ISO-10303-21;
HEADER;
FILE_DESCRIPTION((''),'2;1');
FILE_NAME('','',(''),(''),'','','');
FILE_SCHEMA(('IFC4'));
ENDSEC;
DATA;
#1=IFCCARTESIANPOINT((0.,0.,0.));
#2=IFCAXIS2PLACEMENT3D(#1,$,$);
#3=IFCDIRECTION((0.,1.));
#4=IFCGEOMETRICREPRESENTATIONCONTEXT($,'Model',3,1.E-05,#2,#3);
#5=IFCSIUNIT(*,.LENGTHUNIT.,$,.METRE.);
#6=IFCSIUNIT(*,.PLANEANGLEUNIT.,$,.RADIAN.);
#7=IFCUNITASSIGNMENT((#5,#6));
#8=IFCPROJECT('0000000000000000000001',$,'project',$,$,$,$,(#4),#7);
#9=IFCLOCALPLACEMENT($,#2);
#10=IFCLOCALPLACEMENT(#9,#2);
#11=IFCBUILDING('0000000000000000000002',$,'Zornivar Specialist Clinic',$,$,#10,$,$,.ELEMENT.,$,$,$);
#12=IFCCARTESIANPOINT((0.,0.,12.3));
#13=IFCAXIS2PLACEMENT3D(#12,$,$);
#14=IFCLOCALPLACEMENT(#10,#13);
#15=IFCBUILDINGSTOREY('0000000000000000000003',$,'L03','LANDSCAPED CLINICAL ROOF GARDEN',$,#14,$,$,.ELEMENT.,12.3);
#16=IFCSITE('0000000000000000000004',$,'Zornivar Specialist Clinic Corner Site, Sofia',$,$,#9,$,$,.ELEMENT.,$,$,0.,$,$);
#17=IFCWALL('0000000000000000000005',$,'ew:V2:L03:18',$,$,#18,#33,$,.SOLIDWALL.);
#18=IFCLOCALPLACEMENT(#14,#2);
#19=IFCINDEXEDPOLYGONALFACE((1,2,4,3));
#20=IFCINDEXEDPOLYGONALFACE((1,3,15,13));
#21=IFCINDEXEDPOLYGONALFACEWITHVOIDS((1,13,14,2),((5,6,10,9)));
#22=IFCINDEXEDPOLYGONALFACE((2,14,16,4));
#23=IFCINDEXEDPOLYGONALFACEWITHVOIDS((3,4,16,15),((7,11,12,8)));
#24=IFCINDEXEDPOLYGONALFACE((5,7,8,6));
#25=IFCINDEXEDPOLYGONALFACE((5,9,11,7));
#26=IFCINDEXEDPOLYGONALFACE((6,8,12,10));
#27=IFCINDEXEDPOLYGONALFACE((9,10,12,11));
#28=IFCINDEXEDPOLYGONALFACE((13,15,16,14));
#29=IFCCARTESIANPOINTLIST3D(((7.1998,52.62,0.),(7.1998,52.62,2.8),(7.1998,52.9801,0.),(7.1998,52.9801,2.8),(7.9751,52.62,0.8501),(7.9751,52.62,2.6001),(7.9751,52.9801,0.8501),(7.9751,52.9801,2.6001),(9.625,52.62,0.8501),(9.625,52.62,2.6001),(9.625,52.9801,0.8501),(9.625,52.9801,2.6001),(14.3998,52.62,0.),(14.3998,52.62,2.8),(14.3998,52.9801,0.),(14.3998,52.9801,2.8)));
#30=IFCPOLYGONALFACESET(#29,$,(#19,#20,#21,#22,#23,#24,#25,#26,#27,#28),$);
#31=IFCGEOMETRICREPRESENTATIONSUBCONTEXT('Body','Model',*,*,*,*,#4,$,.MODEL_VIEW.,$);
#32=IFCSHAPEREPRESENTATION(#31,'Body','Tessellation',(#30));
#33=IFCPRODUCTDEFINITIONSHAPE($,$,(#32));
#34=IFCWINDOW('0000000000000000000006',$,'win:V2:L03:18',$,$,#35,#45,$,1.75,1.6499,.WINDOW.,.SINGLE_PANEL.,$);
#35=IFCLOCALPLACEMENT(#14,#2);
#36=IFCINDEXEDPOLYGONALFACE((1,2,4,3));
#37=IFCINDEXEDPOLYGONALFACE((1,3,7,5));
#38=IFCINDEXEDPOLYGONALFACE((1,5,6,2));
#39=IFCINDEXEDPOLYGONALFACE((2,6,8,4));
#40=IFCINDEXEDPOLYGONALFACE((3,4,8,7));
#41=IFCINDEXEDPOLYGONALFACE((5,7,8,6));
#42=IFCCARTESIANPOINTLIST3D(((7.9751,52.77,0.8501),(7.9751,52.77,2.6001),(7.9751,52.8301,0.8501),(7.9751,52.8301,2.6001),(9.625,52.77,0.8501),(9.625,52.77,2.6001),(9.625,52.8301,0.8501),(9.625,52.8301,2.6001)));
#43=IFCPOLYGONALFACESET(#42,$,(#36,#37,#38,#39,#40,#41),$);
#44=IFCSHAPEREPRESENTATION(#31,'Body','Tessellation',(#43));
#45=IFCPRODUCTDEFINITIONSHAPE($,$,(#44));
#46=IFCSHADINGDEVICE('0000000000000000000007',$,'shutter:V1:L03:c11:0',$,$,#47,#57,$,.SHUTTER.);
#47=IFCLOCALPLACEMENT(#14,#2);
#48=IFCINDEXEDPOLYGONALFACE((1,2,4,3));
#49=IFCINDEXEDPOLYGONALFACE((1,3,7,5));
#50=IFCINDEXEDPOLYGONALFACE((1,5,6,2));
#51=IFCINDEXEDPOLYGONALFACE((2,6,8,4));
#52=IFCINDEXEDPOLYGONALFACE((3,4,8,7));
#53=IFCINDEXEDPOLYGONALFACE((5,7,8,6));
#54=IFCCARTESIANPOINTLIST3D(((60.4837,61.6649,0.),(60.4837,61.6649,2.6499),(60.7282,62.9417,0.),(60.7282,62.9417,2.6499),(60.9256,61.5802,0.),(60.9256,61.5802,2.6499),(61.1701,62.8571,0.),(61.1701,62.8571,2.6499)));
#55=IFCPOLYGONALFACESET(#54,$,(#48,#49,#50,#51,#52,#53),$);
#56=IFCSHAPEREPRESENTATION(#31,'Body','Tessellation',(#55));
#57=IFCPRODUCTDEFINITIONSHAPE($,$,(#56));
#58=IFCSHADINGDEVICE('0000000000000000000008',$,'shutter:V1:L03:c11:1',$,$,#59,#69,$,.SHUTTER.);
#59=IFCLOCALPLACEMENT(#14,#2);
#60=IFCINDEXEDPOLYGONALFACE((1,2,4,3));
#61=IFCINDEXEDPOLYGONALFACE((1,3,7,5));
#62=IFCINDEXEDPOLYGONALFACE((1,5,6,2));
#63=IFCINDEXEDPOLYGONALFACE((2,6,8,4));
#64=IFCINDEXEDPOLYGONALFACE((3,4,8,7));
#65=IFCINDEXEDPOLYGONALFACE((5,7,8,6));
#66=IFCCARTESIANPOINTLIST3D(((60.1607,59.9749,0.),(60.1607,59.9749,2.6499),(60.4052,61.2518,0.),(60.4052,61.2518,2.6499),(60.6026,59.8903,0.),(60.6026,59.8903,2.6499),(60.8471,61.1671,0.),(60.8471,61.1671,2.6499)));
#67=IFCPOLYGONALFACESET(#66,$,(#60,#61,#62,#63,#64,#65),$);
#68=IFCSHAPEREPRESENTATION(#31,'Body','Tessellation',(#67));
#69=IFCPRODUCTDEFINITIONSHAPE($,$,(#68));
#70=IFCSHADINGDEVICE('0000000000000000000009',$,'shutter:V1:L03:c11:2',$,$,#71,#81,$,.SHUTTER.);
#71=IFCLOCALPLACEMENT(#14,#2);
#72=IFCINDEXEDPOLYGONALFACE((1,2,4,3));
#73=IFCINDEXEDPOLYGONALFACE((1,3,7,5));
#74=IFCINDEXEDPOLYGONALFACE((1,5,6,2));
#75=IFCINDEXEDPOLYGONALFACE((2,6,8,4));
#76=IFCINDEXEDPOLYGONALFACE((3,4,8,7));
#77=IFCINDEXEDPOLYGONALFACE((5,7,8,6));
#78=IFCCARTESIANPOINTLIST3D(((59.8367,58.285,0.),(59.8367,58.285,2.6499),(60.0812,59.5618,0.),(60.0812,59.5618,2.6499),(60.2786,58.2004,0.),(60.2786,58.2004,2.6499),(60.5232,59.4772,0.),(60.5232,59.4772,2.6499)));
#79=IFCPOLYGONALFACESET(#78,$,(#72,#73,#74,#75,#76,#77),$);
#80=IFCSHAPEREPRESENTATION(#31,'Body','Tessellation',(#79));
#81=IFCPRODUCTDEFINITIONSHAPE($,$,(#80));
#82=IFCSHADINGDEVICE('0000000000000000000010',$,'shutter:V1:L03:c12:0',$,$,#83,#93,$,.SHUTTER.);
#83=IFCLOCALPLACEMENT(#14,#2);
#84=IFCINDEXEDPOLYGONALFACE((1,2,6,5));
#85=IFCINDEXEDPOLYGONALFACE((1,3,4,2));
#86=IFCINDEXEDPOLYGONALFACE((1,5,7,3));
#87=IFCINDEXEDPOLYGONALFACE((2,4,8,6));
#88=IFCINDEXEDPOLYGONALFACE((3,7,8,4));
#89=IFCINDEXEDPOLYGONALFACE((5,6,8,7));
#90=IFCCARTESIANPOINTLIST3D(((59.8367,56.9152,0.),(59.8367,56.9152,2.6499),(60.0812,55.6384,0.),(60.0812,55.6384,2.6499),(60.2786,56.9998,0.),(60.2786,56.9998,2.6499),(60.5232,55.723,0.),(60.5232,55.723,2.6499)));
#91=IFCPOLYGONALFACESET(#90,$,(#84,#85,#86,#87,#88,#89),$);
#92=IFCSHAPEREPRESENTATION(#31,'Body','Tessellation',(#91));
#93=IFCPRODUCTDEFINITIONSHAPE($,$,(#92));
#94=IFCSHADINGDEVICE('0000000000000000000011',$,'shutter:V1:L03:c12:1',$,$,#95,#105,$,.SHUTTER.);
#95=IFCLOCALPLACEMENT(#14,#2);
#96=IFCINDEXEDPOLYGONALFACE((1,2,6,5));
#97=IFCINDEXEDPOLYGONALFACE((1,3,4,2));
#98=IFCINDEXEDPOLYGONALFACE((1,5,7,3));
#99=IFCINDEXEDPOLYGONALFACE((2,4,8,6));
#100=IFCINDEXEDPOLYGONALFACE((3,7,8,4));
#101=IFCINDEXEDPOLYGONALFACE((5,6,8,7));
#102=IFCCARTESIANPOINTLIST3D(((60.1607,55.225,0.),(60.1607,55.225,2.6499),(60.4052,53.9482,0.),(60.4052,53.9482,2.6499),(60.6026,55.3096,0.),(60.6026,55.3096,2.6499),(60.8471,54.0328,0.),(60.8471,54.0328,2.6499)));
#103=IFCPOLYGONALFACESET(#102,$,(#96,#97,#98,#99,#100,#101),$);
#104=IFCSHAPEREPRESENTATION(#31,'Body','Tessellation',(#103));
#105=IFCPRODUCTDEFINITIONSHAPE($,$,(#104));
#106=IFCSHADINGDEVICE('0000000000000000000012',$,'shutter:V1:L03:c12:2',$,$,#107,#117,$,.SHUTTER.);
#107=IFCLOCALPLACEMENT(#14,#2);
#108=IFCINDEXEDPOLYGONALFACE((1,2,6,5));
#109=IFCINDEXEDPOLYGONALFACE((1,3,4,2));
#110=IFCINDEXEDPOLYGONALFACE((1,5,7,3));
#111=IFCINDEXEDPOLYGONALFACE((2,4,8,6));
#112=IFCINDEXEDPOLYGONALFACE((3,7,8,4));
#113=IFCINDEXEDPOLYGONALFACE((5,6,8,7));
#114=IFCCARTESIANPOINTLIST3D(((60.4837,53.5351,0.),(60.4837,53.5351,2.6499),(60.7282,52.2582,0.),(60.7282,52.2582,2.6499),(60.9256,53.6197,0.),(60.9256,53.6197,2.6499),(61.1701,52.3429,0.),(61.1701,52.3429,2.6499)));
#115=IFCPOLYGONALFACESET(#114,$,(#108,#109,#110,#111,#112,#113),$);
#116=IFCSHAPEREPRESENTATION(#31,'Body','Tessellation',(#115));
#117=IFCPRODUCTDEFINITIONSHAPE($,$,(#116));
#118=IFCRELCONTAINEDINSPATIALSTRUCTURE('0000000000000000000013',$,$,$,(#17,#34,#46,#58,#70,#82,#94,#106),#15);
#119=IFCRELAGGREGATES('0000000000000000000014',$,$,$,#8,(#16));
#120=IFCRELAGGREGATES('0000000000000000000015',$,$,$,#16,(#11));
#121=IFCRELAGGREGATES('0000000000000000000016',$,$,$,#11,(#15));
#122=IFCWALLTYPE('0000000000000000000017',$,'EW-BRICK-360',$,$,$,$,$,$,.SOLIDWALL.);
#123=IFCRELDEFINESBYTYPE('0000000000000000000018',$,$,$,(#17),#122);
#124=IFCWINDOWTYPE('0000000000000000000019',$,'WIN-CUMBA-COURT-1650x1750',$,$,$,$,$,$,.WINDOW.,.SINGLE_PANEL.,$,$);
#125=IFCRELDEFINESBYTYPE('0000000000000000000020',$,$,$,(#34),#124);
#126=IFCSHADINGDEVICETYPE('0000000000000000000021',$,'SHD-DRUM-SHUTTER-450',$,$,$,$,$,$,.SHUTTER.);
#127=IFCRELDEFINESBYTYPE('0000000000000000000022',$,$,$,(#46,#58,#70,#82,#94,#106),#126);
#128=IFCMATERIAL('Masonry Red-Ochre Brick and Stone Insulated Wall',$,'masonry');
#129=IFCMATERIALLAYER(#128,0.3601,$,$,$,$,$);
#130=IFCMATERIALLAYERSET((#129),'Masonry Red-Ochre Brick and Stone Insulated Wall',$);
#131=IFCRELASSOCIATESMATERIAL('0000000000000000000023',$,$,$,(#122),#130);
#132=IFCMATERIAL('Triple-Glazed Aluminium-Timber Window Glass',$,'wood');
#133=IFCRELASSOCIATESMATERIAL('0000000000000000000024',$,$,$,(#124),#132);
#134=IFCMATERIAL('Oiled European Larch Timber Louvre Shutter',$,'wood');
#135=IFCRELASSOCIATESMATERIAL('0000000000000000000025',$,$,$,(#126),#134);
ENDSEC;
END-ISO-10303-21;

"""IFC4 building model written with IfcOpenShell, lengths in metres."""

from ifc_helpers import new_model, si_unit, direction, frame, frame_2d, origin, origin_2d, place, context, subcontext, project, spatial, rectangle, extrude, material, layer, layer_set, type_object, element, fill, save


model = new_model("IFC4")

# Units and contexts
model_context = context("Model", 3, precision=1e-05, world=origin(), true_north=direction((0.0, 1.0)))
body_context = subcontext(model_context, "Body", "Model", "MODEL_VIEW")
ifc_project = project(units=[si_unit("LENGTHUNIT", "METRE"), si_unit("PLANEANGLEUNIT", "RADIAN")], contexts=[model_context])

# Site, building, storey
site_placement = place(None, origin())
site = spatial("IfcSite", under=ifc_project, at=site_placement, Name="Zornivar Specialist Clinic Corner Site, Sofia", CompositionType="ELEMENT", RefElevation=0.0)
building_placement = place(site_placement, origin())
building = spatial("IfcBuilding", under=site, at=building_placement, Name="Zornivar Specialist Clinic", CompositionType="ELEMENT")
storey_placement = place(building_placement, frame((0.0, 0.0, 12.3)))
storey = spatial("IfcBuildingStorey", under=building, at=storey_placement, Name="L03", Description="LANDSCAPED CLINICAL ROOF GARDEN", CompositionType="ELEMENT", Elevation=12.3)

# Wall, opening, window
ifc_material_1 = material(Name="Masonry Red-Ochre Brick and Stone Insulated Wall", Category="masonry")
ifc_layer_1 = layer(ifc_material_1, 0.3601)
ifc_layer_set_1 = layer_set([ifc_layer_1], Name="Masonry Red-Ochre Brick and Stone Insulated Wall")
wall_type = type_object("IfcWallType", Name="EW-BRICK-360", PredefinedType="SOLIDWALL", material=ifc_layer_set_1)
wall_1_placement = place(storey_placement, frame((14.3999, 52.8, 0.0), z_axis=(0.0, 0.0, 1.0), x_axis=(-1.0, 0.0, 0.0)))
wall_1 = element("IfcWall", 1, at=wall_1_placement, inside=storey, type_object=wall_type, Name="ew:V2:L03:18", PredefinedType="SOLIDWALL", context=body_context, shape_type="SweptSolid", body=[
    extrude(rectangle(XDim=7.2, YDim=0.3601, at=frame_2d((3.6001, 0.0))), origin(), (0.0, 0.0, 1.0), 2.8),
])
opening_1_placement = place(wall_1_placement, frame((4.7749, 0.0, 0.8501)))
opening_1 = element("IfcOpeningElement", 2, at=opening_1_placement, cuts=wall_1, PredefinedType="OPENING", context=body_context, shape_type="SweptSolid", body=[
    extrude(rectangle(XDim=1.6499, YDim=1.75, at=frame_2d((0.825, 0.875))), frame((0.0, 0.1899, 0.0), z_axis=(0.0, -1.0, 0.0), x_axis=(1.0, 0.0, 0.0)), (0.0, 0.0, 1.0), 0.3801),
])
ifc_material_2 = material(Name="Triple-Glazed Aluminium-Timber Window Glass", Category="wood")
window_type_1 = type_object("IfcWindowType", Name="WIN-CUMBA-COURT-1650x1750", PartitioningType="SINGLE_PANEL", PredefinedType="WINDOW", material=ifc_material_2)
window_1_placement = place(opening_1_placement, origin())
window_1 = element("IfcWindow", 3, at=window_1_placement, inside=storey, type_object=window_type_1, Name="win:V2:L03:18", OverallHeight=1.75, OverallWidth=1.6499, PartitioningType="SINGLE_PANEL", PredefinedType="WINDOW", context=body_context, shape_type="SweptSolid", body=[
    extrude(rectangle(XDim=1.6499, YDim=1.75, at=frame_2d((0.825, 0.875))), frame((0.0, 0.03, 0.0), z_axis=(0.0, -1.0, 0.0), x_axis=(1.0, 0.0, 0.0)), (0.0, 0.0, 1.0), 0.0601),
])
fill(opening_1, window_1)

# Shading devices
ifc_material_3 = material(Name="Oiled European Larch Timber Louvre Shutter", Category="wood")
shading_device_type = type_object("IfcShadingDeviceType", Name="SHD-DRUM-SHUTTER-450", PredefinedType="SHUTTER", material=ifc_material_3)
for number, where, z_axis, x_axis, name in (
    (4, (60.8269, 62.261, 0.0), (0.0, 0.0, 1.0), (-0.188099, -0.98215, 0.0), "shutter:V1:L03:c11:0"),
    (5, (60.5039, 60.571, 0.0), (0.0, 0.0, 1.0), (-0.188099, -0.98215, 0.0), "shutter:V1:L03:c11:1"),
    (6, (60.1799, 58.8811, 0.0), (0.0, 0.0, 1.0), (-0.188099, -0.98215, 0.0), "shutter:V1:L03:c11:2"),
    (7, (60.1799, 56.3191, 0.0), (0.0, 0.0, 1.0), (0.188099, -0.98215, 0.0), "shutter:V1:L03:c12:0"),
    (8, (60.5039, 54.6289, 0.0), (0.0, 0.0, 1.0), (0.188099, -0.98215, 0.0), "shutter:V1:L03:c12:1"),
    (9, (60.8269, 52.939, 0.0), (0.0, 0.0, 1.0), (0.188099, -0.98215, 0.0), "shutter:V1:L03:c12:2"),
):
    element("IfcShadingDevice", number, at=place(storey_placement, frame(where, z_axis=z_axis, x_axis=x_axis)), inside=storey, type_object=shading_device_type, Name=name, PredefinedType="SHUTTER", context=body_context, shape_type="SweptSolid", body=[
        extrude(rectangle(XDim=1.3, YDim=0.45, at=origin_2d()), origin(), (0.0, 0.0, 1.0), 2.6499),
    ])

save(model, "model.ifc")
